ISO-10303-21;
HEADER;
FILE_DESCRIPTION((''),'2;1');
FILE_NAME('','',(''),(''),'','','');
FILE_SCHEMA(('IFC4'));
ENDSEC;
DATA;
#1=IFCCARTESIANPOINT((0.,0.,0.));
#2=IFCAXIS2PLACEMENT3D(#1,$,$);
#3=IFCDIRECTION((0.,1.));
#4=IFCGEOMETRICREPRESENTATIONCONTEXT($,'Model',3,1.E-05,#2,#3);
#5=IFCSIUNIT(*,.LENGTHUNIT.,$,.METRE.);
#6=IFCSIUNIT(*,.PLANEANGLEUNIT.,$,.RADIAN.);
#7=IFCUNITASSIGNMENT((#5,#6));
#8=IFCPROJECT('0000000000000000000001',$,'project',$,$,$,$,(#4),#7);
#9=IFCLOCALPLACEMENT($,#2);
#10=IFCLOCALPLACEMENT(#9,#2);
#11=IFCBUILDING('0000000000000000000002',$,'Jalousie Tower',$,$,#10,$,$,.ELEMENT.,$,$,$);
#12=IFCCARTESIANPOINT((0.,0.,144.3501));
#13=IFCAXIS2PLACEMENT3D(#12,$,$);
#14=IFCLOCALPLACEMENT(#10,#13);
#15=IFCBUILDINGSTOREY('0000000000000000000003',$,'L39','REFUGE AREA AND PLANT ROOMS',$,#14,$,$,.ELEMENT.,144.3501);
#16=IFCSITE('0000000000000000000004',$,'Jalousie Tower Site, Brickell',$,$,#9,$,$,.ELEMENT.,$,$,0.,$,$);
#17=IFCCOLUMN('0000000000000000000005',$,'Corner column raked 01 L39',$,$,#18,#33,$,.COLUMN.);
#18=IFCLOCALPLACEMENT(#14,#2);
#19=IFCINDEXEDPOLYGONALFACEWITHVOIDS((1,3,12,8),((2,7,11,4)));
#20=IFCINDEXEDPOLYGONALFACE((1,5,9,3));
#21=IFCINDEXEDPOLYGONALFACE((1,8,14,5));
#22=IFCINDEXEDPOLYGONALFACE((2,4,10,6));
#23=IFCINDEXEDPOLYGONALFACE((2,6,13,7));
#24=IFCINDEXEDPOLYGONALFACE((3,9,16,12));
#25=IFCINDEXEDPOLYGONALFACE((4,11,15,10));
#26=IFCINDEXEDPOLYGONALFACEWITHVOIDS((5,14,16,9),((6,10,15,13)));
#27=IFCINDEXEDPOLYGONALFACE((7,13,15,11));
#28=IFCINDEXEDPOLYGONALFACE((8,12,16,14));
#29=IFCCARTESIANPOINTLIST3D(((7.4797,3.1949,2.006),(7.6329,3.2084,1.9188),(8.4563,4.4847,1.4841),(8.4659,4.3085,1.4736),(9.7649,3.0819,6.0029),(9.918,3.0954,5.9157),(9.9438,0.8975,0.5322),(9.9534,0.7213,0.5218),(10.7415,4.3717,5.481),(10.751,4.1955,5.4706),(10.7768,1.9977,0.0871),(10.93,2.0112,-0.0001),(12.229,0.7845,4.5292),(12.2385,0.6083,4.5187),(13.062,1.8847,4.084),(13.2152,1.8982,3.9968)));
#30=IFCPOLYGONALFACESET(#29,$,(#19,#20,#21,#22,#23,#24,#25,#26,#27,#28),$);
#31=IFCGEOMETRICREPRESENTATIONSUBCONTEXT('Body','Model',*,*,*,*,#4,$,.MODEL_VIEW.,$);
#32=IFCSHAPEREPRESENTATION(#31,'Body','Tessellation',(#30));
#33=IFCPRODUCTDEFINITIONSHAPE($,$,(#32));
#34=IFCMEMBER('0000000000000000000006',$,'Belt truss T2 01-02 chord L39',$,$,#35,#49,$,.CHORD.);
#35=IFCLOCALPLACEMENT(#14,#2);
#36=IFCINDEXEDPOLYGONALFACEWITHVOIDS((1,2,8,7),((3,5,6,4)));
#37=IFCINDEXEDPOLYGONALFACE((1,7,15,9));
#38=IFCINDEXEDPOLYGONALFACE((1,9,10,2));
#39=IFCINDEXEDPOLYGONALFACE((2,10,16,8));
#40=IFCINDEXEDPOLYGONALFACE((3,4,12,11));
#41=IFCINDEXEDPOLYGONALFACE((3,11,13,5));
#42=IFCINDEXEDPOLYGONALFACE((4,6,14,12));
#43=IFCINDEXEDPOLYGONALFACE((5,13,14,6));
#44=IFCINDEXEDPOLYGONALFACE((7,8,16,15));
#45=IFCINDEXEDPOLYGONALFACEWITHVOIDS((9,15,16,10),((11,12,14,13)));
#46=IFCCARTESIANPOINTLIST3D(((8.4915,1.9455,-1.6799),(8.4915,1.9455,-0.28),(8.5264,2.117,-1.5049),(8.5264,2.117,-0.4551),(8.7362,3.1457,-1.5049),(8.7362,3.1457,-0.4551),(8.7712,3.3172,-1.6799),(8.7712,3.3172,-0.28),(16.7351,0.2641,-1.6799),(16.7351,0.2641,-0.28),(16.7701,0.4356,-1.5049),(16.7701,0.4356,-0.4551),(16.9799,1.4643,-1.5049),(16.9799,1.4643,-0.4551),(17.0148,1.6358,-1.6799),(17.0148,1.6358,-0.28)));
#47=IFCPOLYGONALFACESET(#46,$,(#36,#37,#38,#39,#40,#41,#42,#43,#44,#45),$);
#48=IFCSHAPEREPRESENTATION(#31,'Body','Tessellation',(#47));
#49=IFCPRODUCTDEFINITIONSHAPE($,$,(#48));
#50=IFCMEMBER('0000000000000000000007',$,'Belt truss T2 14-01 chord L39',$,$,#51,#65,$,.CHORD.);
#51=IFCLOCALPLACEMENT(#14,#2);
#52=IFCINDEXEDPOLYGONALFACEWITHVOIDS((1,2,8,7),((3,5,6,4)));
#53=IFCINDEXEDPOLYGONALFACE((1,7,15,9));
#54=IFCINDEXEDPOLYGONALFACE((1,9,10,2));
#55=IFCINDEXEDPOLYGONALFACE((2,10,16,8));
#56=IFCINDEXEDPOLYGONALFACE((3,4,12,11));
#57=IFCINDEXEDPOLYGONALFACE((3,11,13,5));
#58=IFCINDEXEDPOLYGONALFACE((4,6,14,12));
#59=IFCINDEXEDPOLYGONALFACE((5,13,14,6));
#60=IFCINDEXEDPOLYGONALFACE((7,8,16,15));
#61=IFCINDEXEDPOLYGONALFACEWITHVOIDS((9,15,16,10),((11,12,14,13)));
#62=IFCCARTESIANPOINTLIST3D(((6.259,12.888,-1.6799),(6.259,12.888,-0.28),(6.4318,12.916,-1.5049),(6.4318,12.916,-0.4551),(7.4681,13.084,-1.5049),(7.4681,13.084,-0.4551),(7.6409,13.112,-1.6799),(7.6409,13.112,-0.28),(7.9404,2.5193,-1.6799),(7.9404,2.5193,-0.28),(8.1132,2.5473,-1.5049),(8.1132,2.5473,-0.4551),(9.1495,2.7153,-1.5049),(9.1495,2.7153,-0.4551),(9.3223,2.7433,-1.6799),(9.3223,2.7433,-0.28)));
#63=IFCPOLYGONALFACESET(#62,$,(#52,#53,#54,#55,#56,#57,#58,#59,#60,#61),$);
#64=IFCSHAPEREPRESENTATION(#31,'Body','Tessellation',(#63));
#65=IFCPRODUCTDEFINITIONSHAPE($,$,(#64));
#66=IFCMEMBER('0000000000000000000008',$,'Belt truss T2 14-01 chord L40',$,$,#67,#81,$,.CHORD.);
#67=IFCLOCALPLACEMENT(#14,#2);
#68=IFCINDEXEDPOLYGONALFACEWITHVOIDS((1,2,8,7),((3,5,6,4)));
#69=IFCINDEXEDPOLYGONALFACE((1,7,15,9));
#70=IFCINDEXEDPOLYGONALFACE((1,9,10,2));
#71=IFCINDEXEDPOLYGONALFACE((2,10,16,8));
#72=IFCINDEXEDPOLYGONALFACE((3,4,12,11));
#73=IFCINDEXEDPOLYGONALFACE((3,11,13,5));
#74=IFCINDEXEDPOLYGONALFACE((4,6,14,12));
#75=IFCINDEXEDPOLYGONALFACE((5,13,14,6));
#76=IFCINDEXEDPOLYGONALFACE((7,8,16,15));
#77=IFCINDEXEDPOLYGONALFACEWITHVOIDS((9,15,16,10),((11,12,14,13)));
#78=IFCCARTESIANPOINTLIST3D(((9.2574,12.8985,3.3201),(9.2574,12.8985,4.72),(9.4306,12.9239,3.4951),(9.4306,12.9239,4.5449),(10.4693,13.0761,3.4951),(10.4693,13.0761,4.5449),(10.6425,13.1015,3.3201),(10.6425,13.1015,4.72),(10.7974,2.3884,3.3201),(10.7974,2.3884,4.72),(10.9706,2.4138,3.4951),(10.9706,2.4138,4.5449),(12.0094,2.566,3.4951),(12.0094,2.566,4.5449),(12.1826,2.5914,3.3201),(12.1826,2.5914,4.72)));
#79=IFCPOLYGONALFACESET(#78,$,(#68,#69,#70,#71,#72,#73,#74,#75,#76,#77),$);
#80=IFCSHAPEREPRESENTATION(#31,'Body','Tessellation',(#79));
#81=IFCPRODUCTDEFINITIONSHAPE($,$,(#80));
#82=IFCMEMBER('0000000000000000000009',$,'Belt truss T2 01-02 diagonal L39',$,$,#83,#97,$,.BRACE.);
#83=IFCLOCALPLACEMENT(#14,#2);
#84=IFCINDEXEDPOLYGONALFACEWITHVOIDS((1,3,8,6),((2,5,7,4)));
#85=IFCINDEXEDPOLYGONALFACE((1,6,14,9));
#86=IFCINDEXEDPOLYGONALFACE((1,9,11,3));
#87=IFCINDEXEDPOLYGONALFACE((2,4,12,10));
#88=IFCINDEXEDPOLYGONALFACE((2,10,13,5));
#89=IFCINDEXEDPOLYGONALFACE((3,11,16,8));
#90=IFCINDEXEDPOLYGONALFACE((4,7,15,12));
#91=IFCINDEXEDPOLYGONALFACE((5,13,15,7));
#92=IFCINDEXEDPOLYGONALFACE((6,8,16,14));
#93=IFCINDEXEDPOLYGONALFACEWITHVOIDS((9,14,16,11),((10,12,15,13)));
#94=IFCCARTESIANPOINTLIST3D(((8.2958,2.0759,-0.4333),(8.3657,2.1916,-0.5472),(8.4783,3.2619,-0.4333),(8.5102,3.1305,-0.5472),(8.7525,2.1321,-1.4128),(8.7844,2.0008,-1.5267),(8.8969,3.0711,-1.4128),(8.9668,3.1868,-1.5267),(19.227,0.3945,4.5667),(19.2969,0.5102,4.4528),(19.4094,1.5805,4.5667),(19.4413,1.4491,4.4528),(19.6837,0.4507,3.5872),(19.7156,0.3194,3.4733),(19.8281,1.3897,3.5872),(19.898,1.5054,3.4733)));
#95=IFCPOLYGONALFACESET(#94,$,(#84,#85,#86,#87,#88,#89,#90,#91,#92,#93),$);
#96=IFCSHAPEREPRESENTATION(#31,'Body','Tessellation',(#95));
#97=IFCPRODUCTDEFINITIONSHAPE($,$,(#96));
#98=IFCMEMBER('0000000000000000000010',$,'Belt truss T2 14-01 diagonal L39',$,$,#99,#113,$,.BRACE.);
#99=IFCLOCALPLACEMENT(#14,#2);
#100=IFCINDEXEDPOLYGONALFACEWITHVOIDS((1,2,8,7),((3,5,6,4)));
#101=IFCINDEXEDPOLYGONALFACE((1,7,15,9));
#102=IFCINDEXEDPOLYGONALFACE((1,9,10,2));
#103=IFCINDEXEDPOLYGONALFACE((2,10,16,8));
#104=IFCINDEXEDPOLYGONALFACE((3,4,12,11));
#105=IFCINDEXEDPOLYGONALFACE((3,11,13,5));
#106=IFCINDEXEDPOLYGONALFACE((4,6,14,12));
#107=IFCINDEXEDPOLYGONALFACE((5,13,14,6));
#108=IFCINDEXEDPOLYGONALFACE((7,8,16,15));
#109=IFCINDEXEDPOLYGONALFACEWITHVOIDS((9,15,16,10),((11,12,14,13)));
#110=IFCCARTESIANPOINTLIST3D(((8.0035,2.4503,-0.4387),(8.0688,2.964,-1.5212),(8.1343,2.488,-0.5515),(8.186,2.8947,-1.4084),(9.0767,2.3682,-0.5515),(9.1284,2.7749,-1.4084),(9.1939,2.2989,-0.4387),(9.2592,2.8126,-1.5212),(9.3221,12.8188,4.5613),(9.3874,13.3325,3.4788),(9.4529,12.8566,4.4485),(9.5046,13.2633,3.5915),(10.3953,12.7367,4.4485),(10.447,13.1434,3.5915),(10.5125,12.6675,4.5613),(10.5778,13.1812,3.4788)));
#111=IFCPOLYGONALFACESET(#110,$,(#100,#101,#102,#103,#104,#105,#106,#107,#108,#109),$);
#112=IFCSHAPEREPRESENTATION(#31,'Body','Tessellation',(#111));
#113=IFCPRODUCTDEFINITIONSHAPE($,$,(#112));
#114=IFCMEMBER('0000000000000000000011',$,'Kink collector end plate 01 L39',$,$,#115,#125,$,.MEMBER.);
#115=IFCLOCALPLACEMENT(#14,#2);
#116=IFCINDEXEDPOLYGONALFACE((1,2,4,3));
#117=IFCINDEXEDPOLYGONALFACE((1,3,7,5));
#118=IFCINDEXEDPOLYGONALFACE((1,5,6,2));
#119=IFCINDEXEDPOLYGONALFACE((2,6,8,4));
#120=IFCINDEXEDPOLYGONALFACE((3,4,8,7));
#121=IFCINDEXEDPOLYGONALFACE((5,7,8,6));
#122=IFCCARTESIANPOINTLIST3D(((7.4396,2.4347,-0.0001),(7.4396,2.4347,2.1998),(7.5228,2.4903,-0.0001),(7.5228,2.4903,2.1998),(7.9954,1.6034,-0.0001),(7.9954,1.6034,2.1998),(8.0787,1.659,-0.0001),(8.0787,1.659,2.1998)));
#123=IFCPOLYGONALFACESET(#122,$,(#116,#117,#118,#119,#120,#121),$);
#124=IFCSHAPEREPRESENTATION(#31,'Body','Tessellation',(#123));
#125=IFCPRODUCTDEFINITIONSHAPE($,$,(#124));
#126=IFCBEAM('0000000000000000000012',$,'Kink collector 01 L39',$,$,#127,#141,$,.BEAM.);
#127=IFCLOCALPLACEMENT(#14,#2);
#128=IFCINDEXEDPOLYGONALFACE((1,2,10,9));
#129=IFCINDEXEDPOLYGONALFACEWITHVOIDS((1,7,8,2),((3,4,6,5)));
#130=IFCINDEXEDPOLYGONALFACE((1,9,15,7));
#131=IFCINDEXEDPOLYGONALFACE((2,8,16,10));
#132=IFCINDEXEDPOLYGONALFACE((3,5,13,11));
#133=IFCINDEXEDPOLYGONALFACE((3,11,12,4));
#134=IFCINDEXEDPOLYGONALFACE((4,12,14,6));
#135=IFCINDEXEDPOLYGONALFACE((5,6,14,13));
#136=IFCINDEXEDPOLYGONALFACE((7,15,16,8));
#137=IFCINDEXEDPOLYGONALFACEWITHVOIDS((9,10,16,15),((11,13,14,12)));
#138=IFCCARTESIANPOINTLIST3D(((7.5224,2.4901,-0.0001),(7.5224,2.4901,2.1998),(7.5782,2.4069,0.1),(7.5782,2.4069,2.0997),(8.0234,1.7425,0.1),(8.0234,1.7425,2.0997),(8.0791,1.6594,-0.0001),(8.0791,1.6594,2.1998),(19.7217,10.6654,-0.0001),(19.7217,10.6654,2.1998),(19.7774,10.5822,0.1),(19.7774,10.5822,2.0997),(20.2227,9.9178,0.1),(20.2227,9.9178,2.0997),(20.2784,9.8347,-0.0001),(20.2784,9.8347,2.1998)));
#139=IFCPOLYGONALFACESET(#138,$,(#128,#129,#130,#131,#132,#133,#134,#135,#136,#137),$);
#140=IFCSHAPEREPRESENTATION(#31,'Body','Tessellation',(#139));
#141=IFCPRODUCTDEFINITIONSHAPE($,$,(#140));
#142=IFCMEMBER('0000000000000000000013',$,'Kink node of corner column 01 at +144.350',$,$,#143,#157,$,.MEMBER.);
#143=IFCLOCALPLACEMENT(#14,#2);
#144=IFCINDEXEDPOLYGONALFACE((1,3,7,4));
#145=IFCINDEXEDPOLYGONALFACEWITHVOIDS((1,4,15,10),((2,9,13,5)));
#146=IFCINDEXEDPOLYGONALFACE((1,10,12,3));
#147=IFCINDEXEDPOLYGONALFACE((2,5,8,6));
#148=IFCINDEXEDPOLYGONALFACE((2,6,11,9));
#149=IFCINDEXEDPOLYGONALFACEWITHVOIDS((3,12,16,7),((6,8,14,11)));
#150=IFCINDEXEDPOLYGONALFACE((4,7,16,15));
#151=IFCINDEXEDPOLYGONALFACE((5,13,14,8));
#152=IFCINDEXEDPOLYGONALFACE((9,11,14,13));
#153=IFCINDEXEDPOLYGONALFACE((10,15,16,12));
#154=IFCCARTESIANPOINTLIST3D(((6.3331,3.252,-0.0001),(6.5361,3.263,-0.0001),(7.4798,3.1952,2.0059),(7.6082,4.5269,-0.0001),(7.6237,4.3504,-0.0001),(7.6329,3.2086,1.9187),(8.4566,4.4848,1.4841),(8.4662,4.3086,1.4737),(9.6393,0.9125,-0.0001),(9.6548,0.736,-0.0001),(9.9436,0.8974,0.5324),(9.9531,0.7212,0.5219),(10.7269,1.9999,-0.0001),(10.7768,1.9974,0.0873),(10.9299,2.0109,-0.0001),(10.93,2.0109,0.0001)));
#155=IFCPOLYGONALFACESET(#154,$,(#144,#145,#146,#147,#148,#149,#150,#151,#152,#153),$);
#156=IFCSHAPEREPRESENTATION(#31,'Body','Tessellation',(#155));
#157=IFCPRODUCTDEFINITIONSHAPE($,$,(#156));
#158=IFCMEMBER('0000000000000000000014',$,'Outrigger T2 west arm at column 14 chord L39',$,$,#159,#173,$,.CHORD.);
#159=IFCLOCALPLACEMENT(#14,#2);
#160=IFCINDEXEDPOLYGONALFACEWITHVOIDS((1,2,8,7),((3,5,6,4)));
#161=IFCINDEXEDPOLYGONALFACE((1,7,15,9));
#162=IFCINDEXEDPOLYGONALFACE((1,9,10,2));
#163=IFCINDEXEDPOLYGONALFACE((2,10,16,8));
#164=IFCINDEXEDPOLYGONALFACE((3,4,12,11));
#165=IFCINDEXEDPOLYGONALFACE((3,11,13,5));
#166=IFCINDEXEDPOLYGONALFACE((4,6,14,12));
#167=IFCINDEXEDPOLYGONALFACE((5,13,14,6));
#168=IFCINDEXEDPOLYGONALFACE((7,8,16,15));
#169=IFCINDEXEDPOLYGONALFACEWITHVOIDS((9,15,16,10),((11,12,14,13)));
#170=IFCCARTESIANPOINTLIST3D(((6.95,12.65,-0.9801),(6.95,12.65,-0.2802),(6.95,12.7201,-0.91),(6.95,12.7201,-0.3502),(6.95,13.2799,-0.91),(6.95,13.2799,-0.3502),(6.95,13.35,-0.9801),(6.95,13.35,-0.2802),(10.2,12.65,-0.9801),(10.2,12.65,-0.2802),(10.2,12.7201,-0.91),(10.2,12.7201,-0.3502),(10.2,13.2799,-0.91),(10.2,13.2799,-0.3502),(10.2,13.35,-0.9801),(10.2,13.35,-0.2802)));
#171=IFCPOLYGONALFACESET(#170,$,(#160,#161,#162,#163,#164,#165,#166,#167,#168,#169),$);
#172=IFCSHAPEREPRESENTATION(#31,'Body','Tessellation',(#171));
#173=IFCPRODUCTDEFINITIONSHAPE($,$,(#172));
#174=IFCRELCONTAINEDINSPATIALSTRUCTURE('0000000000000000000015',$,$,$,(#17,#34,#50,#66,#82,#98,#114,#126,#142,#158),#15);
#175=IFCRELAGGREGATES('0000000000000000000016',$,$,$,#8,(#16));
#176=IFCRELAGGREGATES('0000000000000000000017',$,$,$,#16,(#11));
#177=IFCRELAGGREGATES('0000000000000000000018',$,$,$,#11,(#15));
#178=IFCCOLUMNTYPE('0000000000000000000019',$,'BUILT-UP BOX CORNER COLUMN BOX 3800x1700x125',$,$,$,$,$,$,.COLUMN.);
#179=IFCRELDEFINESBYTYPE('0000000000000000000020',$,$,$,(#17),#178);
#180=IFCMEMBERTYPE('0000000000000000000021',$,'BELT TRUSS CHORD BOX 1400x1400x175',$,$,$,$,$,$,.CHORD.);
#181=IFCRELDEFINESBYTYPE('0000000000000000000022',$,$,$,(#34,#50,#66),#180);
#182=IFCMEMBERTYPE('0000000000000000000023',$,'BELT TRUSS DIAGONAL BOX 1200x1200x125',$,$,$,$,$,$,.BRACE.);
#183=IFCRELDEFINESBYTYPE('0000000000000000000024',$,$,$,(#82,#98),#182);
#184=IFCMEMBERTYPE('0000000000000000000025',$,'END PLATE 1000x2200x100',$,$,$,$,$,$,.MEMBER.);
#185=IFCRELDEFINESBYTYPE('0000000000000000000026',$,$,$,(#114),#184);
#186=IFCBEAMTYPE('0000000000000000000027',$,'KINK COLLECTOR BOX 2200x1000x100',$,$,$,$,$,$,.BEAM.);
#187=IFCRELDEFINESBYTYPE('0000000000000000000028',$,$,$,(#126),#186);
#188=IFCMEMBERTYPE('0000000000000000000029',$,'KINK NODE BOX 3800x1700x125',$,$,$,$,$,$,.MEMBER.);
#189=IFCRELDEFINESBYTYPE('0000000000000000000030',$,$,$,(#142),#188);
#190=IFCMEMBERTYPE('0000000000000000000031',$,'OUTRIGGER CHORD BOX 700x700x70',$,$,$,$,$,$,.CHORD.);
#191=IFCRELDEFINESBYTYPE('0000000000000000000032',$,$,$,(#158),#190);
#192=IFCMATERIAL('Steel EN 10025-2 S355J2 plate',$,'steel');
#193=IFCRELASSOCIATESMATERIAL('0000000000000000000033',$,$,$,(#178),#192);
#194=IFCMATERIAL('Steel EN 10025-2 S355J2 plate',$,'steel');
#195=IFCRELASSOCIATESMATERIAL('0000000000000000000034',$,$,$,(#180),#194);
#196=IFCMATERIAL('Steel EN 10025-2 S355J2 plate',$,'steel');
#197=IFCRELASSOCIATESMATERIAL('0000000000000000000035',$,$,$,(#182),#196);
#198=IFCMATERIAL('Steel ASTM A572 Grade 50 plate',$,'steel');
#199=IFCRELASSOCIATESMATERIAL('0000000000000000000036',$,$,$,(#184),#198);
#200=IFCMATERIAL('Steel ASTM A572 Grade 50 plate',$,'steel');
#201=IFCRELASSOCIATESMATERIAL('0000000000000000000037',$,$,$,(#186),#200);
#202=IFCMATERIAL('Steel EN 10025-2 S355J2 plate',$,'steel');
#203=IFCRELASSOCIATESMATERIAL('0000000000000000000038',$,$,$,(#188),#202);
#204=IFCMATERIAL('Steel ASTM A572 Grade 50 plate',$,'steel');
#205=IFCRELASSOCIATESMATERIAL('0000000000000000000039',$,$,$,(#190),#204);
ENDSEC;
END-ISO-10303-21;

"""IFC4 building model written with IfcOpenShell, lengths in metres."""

from ifc_helpers import new_model, si_unit, direction, frame, origin, origin_2d, place, context, subcontext, project, spatial, rectangle, hollow_rectangle, extrude, clip, halfspace, material, material_profile, profile_set, type_object, element, save


model = new_model("IFC4")

# Units and contexts
model_context = context("Model", 3, precision=1e-05, world=origin(), true_north=direction((0.0, 1.0)))
body_context = subcontext(model_context, "Body", "Model", "MODEL_VIEW")
ifc_project = project(units=[si_unit("LENGTHUNIT", "METRE"), si_unit("PLANEANGLEUNIT", "RADIAN")], contexts=[model_context])

# Site, building, storey
site_placement = place(None, origin())
site = spatial("IfcSite", under=ifc_project, at=site_placement, Name="Jalousie Tower Site, Brickell", CompositionType="ELEMENT", RefElevation=0.0)
building_placement = place(site_placement, origin())
building = spatial("IfcBuilding", under=site, at=building_placement, Name="Jalousie Tower", CompositionType="ELEMENT")
storey_placement = place(building_placement, frame((0.0, 0.0, 144.3501)))
storey = spatial("IfcBuildingStorey", under=building, at=storey_placement, Name="L39", Description="REFUGE AREA AND PLANT ROOMS", CompositionType="ELEMENT", Elevation=144.3501)

# Column
ifc_material_1 = material(Name="Steel EN 10025-2 S355J2 plate", Category="steel")
ifc_material_profile_1 = material_profile(ifc_material_1, hollow_rectangle(XDim=1.7, YDim=3.8, WallThickness=0.125, at=origin_2d()), Name="BOX 3800x1700x125")
ifc_profile_set_1 = profile_set([ifc_material_profile_1], Name="Steel EN 10025-2 S355J2 plate")
column_type = type_object("IfcColumnType", Name="BUILT-UP BOX CORNER COLUMN BOX 3800x1700x125", PredefinedType="COLUMN", material=ifc_profile_set_1)
column_placement = place(storey_placement, frame((9.2048, 2.603, 1.0029), z_axis=(0.496186, -0.024536, 0.86787), x_axis=(0.574504, 0.758742, -0.30701)))
element("IfcColumn", 1, at=column_placement, inside=storey, type_object=column_type, Name="Corner column raked 01 L39", PredefinedType="COLUMN", context=body_context, shape_type="SweptSolid", body=[
    extrude(hollow_rectangle(XDim=1.7, YDim=3.8, WallThickness=0.125, at=origin_2d()), origin(), (0.0, 0.0, 1.0), 4.6055),
])

# Members
ifc_material_2 = material(Name="Steel EN 10025-2 S355J2 plate", Category="steel")
ifc_material_profile_2 = material_profile(ifc_material_2, hollow_rectangle(XDim=1.3999, YDim=1.3999, WallThickness=0.175, at=origin_2d()), Name="BOX 1400x1400x175")
ifc_profile_set_2 = profile_set([ifc_material_profile_2], Name="Steel EN 10025-2 S355J2 plate")
member_type_1 = type_object("IfcMemberType", Name="BELT TRUSS CHORD BOX 1400x1400x175", PredefinedType="CHORD", material=ifc_profile_set_2)
member_1_placement = place(storey_placement, frame((8.6313, 2.6313, -0.98), z_axis=(0.979827, -0.199848, 0.0), x_axis=(0.199848, 0.979827, 0.0)))
element("IfcMember", 2, at=member_1_placement, inside=storey, type_object=member_type_1, Name="Belt truss T2 01-02 chord L39", PredefinedType="CHORD", context=body_context, shape_type="SweptSolid", body=[
    extrude(hollow_rectangle(XDim=1.3999, YDim=1.3999, WallThickness=0.175, at=origin_2d()), origin(), (0.0, 0.0, 1.0), 8.4133),
])
member_2_placement = place(storey_placement, frame((6.95, 13.0, -0.98), z_axis=(0.160071, -0.987106, 0.0), x_axis=(0.987106, 0.160071, 0.0)))
element("IfcMember", 3, at=member_2_placement, inside=storey, type_object=member_type_1, Name="Belt truss T2 14-01 chord L39", PredefinedType="CHORD", context=body_context, shape_type="SweptSolid", body=[
    extrude(hollow_rectangle(XDim=1.3999, YDim=1.3999, WallThickness=0.175, at=origin_2d()), origin(), (0.0, 0.0, 1.0), 10.5042),
])
member_3_placement = place(storey_placement, frame((9.95, 13.0, 4.02), z_axis=(0.144982, -0.989434, 0.0), x_axis=(0.989434, 0.144982, 0.0)))
element("IfcMember", 4, at=member_3_placement, inside=storey, type_object=member_type_1, Name="Belt truss T2 14-01 chord L40", PredefinedType="CHORD", context=body_context, shape_type="SweptSolid", body=[
    extrude(hollow_rectangle(XDim=1.3999, YDim=1.3999, WallThickness=0.175, at=origin_2d()), origin(), (0.0, 0.0, 1.0), 10.6223),
])
ifc_material_3 = material(Name="Steel EN 10025-2 S355J2 plate", Category="steel")
ifc_material_profile_3 = material_profile(ifc_material_3, hollow_rectangle(XDim=1.2, YDim=1.2, WallThickness=0.125, at=origin_2d()), Name="BOX 1200x1200x125")
ifc_profile_set_3 = profile_set([ifc_material_profile_3], Name="Steel EN 10025-2 S355J2 plate")
member_type_2 = type_object("IfcMemberType", Name="BELT TRUSS DIAGONAL BOX 1200x1200x125", PredefinedType="BRACE", material=ifc_profile_set_3)
member_4_placement = place(storey_placement, frame((8.6313, 2.6313, -0.98), z_axis=(0.900615, -0.13853, 0.411949), x_axis=(0.152029, 0.988376, 0.0)))
element("IfcMember", 5, at=member_4_placement, inside=storey, type_object=member_type_2, Name="Belt truss T2 01-02 diagonal L39", PredefinedType="BRACE", context=body_context, shape_type="SweptSolid", body=[
    extrude(hollow_rectangle(XDim=1.2, YDim=1.2, WallThickness=0.125, at=origin_2d()), origin(), (0.0, 0.0, 1.0), 12.1375),
])
member_5_placement = place(storey_placement, frame((9.95, 13.0, 4.02), z_axis=(-0.113805, -0.894889, -0.431536), x_axis=(0.99201, -0.126156, 0.0)))
element("IfcMember", 6, at=member_5_placement, inside=storey, type_object=member_type_2, Name="Belt truss T2 14-01 diagonal L39", PredefinedType="BRACE", context=body_context, shape_type="SweptSolid", body=[
    extrude(hollow_rectangle(XDim=1.2, YDim=1.2, WallThickness=0.125, at=origin_2d()), origin(), (0.0, 0.0, 1.0), 11.5864),
])
ifc_material_4 = material(Name="Steel ASTM A572 Grade 50 plate", Category="steel")
ifc_material_profile_4 = material_profile(ifc_material_4, rectangle(XDim=1.0, YDim=2.2, at=origin_2d()), Name="END PLATE 1000x2200x100")
ifc_profile_set_4 = profile_set([ifc_material_profile_4], Name="Steel ASTM A572 Grade 50 plate")
member_type_3 = type_object("IfcMemberType", Name="END PLATE 1000x2200x100", PredefinedType="MEMBER", material=ifc_profile_set_4)
member_6_placement = place(storey_placement, frame((7.7175, 2.019, 1.0999), z_axis=(0.831299, 0.555825, 0.0), x_axis=(-0.555825, 0.831299, 0.0)))
element("IfcMember", 7, at=member_6_placement, inside=storey, type_object=member_type_3, Name="Kink collector end plate 01 L39", PredefinedType="MEMBER", context=body_context, shape_type="SweptSolid", body=[
    extrude(rectangle(XDim=1.0, YDim=2.2, at=origin_2d()), origin(), (0.0, 0.0, 1.0), 0.1001),
])

# Beam
ifc_material_5 = material(Name="Steel ASTM A572 Grade 50 plate", Category="steel")
ifc_material_profile_5 = material_profile(ifc_material_5, hollow_rectangle(XDim=1.0, YDim=2.2, WallThickness=0.1001, at=origin_2d()), Name="BOX 2200x1000x100")
ifc_profile_set_5 = profile_set([ifc_material_profile_5], Name="Steel ASTM A572 Grade 50 plate")
beam_type = type_object("IfcBeamType", Name="KINK COLLECTOR BOX 2200x1000x100", PredefinedType="BEAM", material=ifc_profile_set_5)
beam_placement = place(storey_placement, frame((7.8008, 2.0747, 1.0999), z_axis=(0.830713, 0.556701, 0.0), x_axis=(-0.556701, 0.830713, 0.0)))
element("IfcBeam", 8, at=beam_placement, inside=storey, type_object=beam_type, Name="Kink collector 01 L39", PredefinedType="BEAM", context=body_context, shape_type="SweptSolid", body=[
    extrude(hollow_rectangle(XDim=1.0, YDim=2.2, WallThickness=0.1001, at=origin_2d()), origin(), (0.0, 0.0, 1.0), 14.6853),
])

# Members
ifc_material_6 = material(Name="Steel EN 10025-2 S355J2 plate", Category="steel")
ifc_material_profile_6 = material_profile(ifc_material_6, hollow_rectangle(XDim=1.7, YDim=3.8, WallThickness=0.125, at=origin_2d()), Name="BOX 3800x1700x125")
ifc_profile_set_6 = profile_set([ifc_material_profile_6], Name="Steel EN 10025-2 S355J2 plate")
member_type_4 = type_object("IfcMemberType", Name="KINK NODE BOX 3800x1700x125", PredefinedType="MEMBER", material=ifc_profile_set_6)
member_7_placement = place(storey_placement, frame((8.0581, 2.6599, -1.0032), z_axis=(0.496114, -0.02461, 0.867909), x_axis=(0.574647, 0.758651, -0.306968)))
element("IfcMember", 9, at=member_7_placement, inside=storey, type_object=member_type_4, Name="Kink node of corner column 01 at +144.350", PredefinedType="MEMBER", context=body_context, shape_type="Clipping", body=[
    clip(extrude(hollow_rectangle(XDim=1.7, YDim=3.8, WallThickness=0.125, at=origin_2d()), origin(), (0.0, 0.0, 1.0), 2.3115), halfspace(frame((0.0, 0.0, 1.1558), z_axis=(-0.306968, 0.390519, 0.867909)), True)),
])
ifc_material_7 = material(Name="Steel ASTM A572 Grade 50 plate", Category="steel")
ifc_material_profile_7 = material_profile(ifc_material_7, hollow_rectangle(XDim=0.7, YDim=0.7, WallThickness=0.0701, at=origin_2d()), Name="BOX 700x700x70")
ifc_profile_set_7 = profile_set([ifc_material_profile_7], Name="Steel ASTM A572 Grade 50 plate")
member_type_5 = type_object("IfcMemberType", Name="OUTRIGGER CHORD BOX 700x700x70", PredefinedType="CHORD", material=ifc_profile_set_7)
member_8_placement = place(storey_placement, frame((6.95, 13.0, -0.6301), z_axis=(1.0, 0.0, 0.0), x_axis=(0.0, 1.0, 0.0)))
element("IfcMember", 10, at=member_8_placement, inside=storey, type_object=member_type_5, Name="Outrigger T2 west arm at column 14 chord L39", PredefinedType="CHORD", context=body_context, shape_type="SweptSolid", body=[
    extrude(hollow_rectangle(XDim=0.7, YDim=0.7, WallThickness=0.0701, at=origin_2d()), origin(), (0.0, 0.0, 1.0), 3.25),
])

save(model, "model.ifc")
